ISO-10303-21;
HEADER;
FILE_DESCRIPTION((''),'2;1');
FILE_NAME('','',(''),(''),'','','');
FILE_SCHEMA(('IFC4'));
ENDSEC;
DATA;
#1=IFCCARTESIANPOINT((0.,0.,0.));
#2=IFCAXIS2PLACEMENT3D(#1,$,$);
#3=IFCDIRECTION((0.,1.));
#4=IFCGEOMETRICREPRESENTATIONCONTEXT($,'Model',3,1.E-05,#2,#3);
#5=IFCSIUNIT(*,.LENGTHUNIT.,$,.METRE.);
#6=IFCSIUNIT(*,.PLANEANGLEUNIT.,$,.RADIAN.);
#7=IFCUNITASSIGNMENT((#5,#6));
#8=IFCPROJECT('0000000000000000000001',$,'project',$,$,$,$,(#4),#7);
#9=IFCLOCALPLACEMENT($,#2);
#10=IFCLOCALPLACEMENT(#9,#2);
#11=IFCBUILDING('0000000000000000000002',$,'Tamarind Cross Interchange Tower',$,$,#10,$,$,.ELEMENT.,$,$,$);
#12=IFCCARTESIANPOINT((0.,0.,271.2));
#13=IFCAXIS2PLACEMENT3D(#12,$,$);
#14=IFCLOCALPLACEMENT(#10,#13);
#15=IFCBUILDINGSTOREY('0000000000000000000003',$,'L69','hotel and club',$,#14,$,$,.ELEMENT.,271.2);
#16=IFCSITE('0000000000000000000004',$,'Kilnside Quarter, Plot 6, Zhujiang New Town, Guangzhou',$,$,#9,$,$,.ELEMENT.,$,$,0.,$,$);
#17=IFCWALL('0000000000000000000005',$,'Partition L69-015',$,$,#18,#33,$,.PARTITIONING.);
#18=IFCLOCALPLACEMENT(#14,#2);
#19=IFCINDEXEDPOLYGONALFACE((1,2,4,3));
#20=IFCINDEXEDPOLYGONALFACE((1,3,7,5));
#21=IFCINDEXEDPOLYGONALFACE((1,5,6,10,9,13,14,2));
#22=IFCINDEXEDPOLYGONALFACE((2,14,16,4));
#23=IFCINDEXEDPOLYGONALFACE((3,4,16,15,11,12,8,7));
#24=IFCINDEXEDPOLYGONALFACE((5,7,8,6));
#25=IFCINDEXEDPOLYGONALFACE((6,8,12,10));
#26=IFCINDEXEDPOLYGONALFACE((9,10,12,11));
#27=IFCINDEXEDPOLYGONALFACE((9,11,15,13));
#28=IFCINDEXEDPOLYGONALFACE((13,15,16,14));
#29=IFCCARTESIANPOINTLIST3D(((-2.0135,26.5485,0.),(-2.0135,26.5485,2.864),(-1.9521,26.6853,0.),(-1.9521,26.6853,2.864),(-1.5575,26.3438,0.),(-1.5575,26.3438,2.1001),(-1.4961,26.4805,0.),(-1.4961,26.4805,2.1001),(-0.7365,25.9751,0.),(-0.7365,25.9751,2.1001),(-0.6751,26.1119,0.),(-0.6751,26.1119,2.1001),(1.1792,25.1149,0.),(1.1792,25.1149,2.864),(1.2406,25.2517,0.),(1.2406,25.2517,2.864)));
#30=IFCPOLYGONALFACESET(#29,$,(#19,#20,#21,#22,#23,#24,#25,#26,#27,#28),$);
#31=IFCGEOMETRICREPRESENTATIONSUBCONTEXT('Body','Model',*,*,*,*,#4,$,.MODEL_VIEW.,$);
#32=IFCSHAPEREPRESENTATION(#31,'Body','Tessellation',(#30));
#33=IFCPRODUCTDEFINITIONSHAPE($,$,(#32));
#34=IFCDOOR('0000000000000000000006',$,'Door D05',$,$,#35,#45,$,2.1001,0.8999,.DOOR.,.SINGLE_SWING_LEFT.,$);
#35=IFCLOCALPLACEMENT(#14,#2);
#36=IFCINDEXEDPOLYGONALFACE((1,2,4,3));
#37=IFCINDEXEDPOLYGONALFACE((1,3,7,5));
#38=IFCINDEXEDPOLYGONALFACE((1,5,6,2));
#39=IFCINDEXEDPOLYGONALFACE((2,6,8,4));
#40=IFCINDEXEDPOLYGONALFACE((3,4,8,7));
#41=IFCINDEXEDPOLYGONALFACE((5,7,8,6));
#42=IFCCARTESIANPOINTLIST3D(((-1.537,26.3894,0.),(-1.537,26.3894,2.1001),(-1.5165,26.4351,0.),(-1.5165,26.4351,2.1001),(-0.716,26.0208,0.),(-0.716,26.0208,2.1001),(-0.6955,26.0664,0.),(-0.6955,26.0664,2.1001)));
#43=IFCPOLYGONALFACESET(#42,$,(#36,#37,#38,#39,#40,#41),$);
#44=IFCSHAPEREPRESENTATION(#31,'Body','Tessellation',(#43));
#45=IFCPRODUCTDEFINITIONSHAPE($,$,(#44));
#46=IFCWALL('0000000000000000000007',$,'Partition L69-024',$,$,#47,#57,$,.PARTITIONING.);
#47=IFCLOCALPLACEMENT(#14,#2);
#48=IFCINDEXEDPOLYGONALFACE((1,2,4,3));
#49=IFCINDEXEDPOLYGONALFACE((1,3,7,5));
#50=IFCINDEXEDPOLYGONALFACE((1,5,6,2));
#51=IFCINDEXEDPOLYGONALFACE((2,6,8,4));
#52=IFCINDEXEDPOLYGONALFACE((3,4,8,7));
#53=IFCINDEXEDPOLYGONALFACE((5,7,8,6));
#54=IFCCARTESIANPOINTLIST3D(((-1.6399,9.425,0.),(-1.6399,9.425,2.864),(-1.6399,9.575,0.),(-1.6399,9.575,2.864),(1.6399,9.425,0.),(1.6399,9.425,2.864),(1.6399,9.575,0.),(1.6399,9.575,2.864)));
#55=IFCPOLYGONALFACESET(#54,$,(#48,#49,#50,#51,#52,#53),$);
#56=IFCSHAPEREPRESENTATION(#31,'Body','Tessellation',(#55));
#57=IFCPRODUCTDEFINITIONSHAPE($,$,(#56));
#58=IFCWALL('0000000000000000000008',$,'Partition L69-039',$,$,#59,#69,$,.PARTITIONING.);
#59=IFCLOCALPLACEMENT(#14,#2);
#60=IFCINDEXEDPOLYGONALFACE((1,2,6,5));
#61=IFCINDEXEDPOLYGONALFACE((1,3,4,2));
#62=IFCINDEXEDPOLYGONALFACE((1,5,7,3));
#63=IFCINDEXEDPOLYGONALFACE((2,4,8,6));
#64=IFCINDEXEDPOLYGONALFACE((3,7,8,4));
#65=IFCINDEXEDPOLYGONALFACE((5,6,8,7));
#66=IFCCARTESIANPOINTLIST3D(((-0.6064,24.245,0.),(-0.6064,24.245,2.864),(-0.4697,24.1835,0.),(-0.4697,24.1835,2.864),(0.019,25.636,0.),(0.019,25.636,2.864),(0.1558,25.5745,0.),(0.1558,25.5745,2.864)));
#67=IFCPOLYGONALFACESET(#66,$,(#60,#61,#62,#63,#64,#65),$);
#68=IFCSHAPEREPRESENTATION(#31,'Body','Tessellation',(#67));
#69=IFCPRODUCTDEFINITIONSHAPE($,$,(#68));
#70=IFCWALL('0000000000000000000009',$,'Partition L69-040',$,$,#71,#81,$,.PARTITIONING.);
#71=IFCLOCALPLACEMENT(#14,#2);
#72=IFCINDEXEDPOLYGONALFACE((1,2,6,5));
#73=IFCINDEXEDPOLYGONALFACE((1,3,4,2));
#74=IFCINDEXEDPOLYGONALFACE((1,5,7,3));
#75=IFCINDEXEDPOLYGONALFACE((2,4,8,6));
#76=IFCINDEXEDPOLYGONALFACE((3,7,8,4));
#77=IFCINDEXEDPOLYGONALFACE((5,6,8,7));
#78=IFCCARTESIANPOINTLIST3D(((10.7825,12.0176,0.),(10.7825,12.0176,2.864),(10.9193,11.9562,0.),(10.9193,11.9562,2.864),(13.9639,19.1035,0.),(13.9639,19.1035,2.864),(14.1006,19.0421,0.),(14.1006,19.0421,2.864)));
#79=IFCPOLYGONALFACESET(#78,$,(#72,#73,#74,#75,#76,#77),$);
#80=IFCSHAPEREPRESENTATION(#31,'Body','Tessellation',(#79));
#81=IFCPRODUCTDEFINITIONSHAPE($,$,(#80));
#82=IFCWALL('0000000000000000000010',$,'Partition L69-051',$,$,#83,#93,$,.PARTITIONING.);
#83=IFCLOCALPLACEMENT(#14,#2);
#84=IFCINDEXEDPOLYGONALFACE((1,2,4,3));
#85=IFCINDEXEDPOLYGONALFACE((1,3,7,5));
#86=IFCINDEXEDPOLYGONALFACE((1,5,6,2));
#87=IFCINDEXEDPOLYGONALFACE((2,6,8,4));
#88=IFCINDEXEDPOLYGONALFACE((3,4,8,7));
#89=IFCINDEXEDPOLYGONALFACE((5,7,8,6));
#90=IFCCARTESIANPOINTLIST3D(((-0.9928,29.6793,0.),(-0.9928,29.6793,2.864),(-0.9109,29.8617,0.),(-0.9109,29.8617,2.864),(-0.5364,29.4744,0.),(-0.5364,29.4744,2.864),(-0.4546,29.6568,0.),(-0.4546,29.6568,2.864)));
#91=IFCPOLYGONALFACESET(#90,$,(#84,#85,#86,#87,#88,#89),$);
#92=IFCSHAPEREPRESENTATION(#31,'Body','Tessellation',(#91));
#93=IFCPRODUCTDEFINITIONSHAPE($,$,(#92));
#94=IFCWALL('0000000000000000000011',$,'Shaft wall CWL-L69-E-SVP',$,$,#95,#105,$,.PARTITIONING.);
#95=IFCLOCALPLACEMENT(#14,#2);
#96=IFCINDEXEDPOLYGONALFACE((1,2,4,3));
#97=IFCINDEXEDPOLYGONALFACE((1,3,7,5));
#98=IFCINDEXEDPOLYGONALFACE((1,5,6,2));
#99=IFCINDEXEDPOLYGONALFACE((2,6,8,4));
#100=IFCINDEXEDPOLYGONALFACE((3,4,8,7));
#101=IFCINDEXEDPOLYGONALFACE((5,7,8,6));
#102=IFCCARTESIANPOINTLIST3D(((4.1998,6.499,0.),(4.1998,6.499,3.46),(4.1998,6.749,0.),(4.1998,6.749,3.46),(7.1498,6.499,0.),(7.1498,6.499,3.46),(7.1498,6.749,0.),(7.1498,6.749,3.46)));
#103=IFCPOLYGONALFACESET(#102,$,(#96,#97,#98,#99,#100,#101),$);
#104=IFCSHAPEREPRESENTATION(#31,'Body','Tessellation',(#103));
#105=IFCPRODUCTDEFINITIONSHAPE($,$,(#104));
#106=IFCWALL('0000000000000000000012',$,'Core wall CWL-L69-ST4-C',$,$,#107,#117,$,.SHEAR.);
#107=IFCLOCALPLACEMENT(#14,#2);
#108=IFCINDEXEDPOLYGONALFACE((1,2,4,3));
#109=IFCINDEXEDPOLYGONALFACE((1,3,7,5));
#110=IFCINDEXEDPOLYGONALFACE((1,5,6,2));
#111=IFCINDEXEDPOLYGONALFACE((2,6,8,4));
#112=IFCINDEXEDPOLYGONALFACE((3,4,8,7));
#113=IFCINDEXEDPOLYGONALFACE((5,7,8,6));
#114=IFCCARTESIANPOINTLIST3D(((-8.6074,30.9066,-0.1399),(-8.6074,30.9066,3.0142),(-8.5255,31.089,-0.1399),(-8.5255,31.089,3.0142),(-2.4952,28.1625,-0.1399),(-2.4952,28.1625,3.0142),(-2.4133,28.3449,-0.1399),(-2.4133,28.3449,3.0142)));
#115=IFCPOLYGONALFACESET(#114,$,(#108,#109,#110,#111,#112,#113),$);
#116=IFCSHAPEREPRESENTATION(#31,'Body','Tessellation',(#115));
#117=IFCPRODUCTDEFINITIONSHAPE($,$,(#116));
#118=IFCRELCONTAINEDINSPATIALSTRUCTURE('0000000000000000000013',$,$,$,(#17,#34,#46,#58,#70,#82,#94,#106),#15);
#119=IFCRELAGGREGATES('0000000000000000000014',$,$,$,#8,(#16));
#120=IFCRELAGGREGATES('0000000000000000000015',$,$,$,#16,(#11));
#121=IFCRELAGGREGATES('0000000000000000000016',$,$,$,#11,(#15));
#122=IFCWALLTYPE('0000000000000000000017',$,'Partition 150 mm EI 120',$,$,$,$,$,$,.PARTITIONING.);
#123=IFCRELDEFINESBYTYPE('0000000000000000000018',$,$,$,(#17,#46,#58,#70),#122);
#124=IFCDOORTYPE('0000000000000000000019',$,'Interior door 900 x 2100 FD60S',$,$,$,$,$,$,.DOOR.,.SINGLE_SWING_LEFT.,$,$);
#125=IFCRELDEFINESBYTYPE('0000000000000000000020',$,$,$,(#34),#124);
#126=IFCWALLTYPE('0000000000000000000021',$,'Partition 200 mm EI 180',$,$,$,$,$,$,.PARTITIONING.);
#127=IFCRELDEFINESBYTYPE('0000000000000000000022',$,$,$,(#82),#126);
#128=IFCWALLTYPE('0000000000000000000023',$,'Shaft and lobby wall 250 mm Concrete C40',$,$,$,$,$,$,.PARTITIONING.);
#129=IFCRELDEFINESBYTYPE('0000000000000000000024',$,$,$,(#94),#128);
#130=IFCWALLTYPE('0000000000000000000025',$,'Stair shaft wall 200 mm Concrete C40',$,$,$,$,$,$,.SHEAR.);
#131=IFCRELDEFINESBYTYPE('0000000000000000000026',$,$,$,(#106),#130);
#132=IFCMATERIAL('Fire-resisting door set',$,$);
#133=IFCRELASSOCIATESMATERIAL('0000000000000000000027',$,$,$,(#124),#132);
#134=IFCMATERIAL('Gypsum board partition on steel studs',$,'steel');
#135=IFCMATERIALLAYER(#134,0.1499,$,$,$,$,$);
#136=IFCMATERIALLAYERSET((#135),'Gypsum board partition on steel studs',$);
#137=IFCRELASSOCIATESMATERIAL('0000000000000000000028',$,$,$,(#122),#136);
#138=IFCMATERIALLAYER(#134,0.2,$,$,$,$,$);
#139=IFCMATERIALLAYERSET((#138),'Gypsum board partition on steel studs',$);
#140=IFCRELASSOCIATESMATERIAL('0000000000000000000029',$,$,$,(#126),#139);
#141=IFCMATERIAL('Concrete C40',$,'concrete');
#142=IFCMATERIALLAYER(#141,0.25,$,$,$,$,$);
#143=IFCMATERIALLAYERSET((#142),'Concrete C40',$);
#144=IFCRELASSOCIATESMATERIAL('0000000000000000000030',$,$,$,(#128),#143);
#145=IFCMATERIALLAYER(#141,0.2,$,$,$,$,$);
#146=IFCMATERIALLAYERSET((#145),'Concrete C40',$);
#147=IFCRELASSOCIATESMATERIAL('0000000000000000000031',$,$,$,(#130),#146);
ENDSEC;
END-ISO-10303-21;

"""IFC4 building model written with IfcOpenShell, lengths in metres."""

from ifc_helpers import new_model, si_unit, direction, frame, frame_2d, origin, place, context, subcontext, project, spatial, rectangle, extrude, material, layer, layer_set, type_object, element, fill, save


model = new_model("IFC4")

# Units and contexts
model_context = context("Model", 3, precision=1e-05, world=origin(), true_north=direction((0.0, 1.0)))
body_context = subcontext(model_context, "Body", "Model", "MODEL_VIEW")
ifc_project = project(units=[si_unit("LENGTHUNIT", "METRE"), si_unit("PLANEANGLEUNIT", "RADIAN")], contexts=[model_context])

# Site, building, storey
site_placement = place(None, origin())
site = spatial("IfcSite", under=ifc_project, at=site_placement, Name="Kilnside Quarter, Plot 6, Zhujiang New Town, Guangzhou", CompositionType="ELEMENT", RefElevation=0.0)
building_placement = place(site_placement, origin())
building = spatial("IfcBuilding", under=site, at=building_placement, Name="Tamarind Cross Interchange Tower", CompositionType="ELEMENT")
storey_placement = place(building_placement, frame((0.0, 0.0, 271.2)))
storey = spatial("IfcBuildingStorey", under=building, at=storey_placement, Name="L69", Description="hotel and club", CompositionType="ELEMENT", Elevation=271.2)

# Shared definitions
ifc_material_1 = material(Name="Gypsum board partition on steel studs", Category="steel")
ifc_material_2 = material(Name="Fire-resisting door set")
door_type = type_object("IfcDoorType", Name="Interior door 900 x 2100 FD60S", OperationType="SINGLE_SWING_LEFT", PredefinedType="DOOR", material=ifc_material_2)

# Wall, opening, door
ifc_layer_1 = layer(ifc_material_1, 0.1499)
ifc_layer_set_1 = layer_set([ifc_layer_1], Name="Gypsum board partition on steel studs")
wall_type_1 = type_object("IfcWallType", Name="Partition 150 mm EI 120", PredefinedType="PARTITIONING", material=ifc_layer_set_1)
wall_1_placement = place(storey_placement, frame((-1.9829, 26.6169, 0.0), z_axis=(0.0, 0.0, 1.0), x_axis=(0.912251, -0.409631, 0.0)))
wall_1 = element("IfcWall", 1, at=wall_1_placement, inside=storey, type_object=wall_type_1, Name="Partition L69-015", PredefinedType="PARTITIONING", context=body_context, shape_type="SweptSolid", body=[
    extrude(rectangle(XDim=3.4998, YDim=0.1499, at=frame_2d((1.75, 0.0))), origin(), (0.0, 0.0, 1.0), 2.864),
])
opening_1_placement = place(wall_1_placement, frame((0.5, 0.0, 0.0)))
opening_1 = element("IfcOpeningElement", 2, at=opening_1_placement, cuts=wall_1, PredefinedType="OPENING", context=body_context, shape_type="SweptSolid", body=[
    extrude(rectangle(XDim=0.8999, YDim=2.1001, at=frame_2d((0.45, 1.05))), frame((0.0, 0.085, 0.0), z_axis=(0.0, -1.0, 0.0), x_axis=(1.0, 0.0, 0.0)), (0.0, 0.0, 1.0), 0.1699),
])
door_1_placement = place(opening_1_placement, frame((0.8999, 0.0, 0.0), z_axis=(0.0, 0.0, 1.0), x_axis=(-1.0, 0.0, 0.0)))
door_1 = element("IfcDoor", 3, at=door_1_placement, inside=storey, type_object=door_type, Name="Door D05", OperationType="SINGLE_SWING_LEFT", OverallHeight=2.1001, OverallWidth=0.8999, PredefinedType="DOOR", context=body_context, shape_type="SweptSolid", body=[
    extrude(rectangle(XDim=0.8999, YDim=2.1001, at=frame_2d((0.45, 1.05))), frame((0.0, 0.0249, 0.0), z_axis=(0.0, -1.0, 0.0), x_axis=(1.0, 0.0, 0.0)), (0.0, 0.0, 1.0), 0.05),
])
fill(opening_1, door_1)

# Walls
wall_2_placement = place(storey_placement, frame((-1.6399, 9.5, 0.0), z_axis=(0.0, 0.0, 1.0), x_axis=(1.0, 0.0, 0.0)))
element("IfcWall", 4, at=wall_2_placement, inside=storey, type_object=wall_type_1, Name="Partition L69-024", PredefinedType="PARTITIONING", context=body_context, shape_type="SweptSolid", body=[
    extrude(rectangle(XDim=3.2798, YDim=0.1499, at=frame_2d((1.6399, 0.0))), origin(), (0.0, 0.0, 1.0), 2.864),
])
wall_3_placement = place(storey_placement, frame((-0.5381, 24.2141, 0.0), z_axis=(0.0, 0.0, 1.0), x_axis=(0.410085, 0.912047, 0.0)))
element("IfcWall", 5, at=wall_3_placement, inside=storey, type_object=wall_type_1, Name="Partition L69-039", PredefinedType="PARTITIONING", context=body_context, shape_type="SweptSolid", body=[
    extrude(rectangle(XDim=1.5251, YDim=0.1499, at=frame_2d((0.7627, 0.0))), origin(), (0.0, 0.0, 1.0), 2.864),
])
wall_4_placement = place(storey_placement, frame((10.8508, 11.9868, 0.0), z_axis=(0.0, 0.0, 1.0), x_axis=(0.409586, 0.912272, 0.0)))
element("IfcWall", 6, at=wall_4_placement, inside=storey, type_object=wall_type_1, Name="Partition L69-040", PredefinedType="PARTITIONING", context=body_context, shape_type="SweptSolid", body=[
    extrude(rectangle(XDim=7.7673, YDim=0.1499, at=frame_2d((3.8838, 0.0))), origin(), (0.0, 0.0, 1.0), 2.864),
])
ifc_layer_2 = layer(ifc_material_1, 0.2)
ifc_layer_set_2 = layer_set([ifc_layer_2], Name="Gypsum board partition on steel studs")
wall_type_2 = type_object("IfcWallType", Name="Partition 200 mm EI 180", PredefinedType="PARTITIONING", material=ifc_layer_set_2)
wall_5_placement = place(storey_placement, frame((-0.4956, 29.5657, 0.0), z_axis=(0.0, 0.0, 1.0), x_axis=(-0.912296, 0.409532, 0.0)))
element("IfcWall", 7, at=wall_5_placement, inside=storey, type_object=wall_type_2, Name="Partition L69-051", PredefinedType="PARTITIONING", context=body_context, shape_type="SweptSolid", body=[
    extrude(rectangle(XDim=0.5002, YDim=0.2, at=frame_2d((0.25, 0.0))), origin(), (0.0, 0.0, 1.0), 2.864),
])
ifc_material_3 = material(Name="Concrete C40", Category="concrete")
ifc_layer_3 = layer(ifc_material_3, 0.25)
ifc_layer_set_3 = layer_set([ifc_layer_3], Name="Concrete C40")
wall_type_3 = type_object("IfcWallType", Name="Shaft and lobby wall 250 mm Concrete C40", PredefinedType="PARTITIONING", material=ifc_layer_set_3)
wall_6_placement = place(storey_placement, frame((7.1499, 6.624, 0.0), z_axis=(0.0, 0.0, 1.0), x_axis=(-1.0, 0.0, 0.0)))
element("IfcWall", 8, at=wall_6_placement, inside=storey, type_object=wall_type_3, Name="Shaft wall CWL-L69-E-SVP", PredefinedType="PARTITIONING", context=body_context, shape_type="SweptSolid", body=[
    extrude(rectangle(XDim=2.95, YDim=0.25, at=frame_2d((1.4751, 0.0))), origin(), (0.0, 0.0, 1.0), 3.46),
])
ifc_layer_4 = layer(ifc_material_3, 0.2)
ifc_layer_set_4 = layer_set([ifc_layer_4], Name="Concrete C40")
wall_type_4 = type_object("IfcWallType", Name="Stair shaft wall 200 mm Concrete C40", PredefinedType="SHEAR", material=ifc_layer_set_4)
wall_7_placement = place(storey_placement, frame((-2.4541, 28.2537, -0.1399), z_axis=(0.0, 0.0, 1.0), x_axis=(-0.912278, 0.409571, 0.0)))
element("IfcWall", 9, at=wall_7_placement, inside=storey, type_object=wall_type_4, Name="Core wall CWL-L69-ST4-C", PredefinedType="SHEAR", context=body_context, shape_type="SweptSolid", body=[
    extrude(rectangle(XDim=6.7, YDim=0.2, at=frame_2d((3.3501, 0.0))), origin(), (0.0, 0.0, 1.0), 3.1541),
])

save(model, "model.ifc")
